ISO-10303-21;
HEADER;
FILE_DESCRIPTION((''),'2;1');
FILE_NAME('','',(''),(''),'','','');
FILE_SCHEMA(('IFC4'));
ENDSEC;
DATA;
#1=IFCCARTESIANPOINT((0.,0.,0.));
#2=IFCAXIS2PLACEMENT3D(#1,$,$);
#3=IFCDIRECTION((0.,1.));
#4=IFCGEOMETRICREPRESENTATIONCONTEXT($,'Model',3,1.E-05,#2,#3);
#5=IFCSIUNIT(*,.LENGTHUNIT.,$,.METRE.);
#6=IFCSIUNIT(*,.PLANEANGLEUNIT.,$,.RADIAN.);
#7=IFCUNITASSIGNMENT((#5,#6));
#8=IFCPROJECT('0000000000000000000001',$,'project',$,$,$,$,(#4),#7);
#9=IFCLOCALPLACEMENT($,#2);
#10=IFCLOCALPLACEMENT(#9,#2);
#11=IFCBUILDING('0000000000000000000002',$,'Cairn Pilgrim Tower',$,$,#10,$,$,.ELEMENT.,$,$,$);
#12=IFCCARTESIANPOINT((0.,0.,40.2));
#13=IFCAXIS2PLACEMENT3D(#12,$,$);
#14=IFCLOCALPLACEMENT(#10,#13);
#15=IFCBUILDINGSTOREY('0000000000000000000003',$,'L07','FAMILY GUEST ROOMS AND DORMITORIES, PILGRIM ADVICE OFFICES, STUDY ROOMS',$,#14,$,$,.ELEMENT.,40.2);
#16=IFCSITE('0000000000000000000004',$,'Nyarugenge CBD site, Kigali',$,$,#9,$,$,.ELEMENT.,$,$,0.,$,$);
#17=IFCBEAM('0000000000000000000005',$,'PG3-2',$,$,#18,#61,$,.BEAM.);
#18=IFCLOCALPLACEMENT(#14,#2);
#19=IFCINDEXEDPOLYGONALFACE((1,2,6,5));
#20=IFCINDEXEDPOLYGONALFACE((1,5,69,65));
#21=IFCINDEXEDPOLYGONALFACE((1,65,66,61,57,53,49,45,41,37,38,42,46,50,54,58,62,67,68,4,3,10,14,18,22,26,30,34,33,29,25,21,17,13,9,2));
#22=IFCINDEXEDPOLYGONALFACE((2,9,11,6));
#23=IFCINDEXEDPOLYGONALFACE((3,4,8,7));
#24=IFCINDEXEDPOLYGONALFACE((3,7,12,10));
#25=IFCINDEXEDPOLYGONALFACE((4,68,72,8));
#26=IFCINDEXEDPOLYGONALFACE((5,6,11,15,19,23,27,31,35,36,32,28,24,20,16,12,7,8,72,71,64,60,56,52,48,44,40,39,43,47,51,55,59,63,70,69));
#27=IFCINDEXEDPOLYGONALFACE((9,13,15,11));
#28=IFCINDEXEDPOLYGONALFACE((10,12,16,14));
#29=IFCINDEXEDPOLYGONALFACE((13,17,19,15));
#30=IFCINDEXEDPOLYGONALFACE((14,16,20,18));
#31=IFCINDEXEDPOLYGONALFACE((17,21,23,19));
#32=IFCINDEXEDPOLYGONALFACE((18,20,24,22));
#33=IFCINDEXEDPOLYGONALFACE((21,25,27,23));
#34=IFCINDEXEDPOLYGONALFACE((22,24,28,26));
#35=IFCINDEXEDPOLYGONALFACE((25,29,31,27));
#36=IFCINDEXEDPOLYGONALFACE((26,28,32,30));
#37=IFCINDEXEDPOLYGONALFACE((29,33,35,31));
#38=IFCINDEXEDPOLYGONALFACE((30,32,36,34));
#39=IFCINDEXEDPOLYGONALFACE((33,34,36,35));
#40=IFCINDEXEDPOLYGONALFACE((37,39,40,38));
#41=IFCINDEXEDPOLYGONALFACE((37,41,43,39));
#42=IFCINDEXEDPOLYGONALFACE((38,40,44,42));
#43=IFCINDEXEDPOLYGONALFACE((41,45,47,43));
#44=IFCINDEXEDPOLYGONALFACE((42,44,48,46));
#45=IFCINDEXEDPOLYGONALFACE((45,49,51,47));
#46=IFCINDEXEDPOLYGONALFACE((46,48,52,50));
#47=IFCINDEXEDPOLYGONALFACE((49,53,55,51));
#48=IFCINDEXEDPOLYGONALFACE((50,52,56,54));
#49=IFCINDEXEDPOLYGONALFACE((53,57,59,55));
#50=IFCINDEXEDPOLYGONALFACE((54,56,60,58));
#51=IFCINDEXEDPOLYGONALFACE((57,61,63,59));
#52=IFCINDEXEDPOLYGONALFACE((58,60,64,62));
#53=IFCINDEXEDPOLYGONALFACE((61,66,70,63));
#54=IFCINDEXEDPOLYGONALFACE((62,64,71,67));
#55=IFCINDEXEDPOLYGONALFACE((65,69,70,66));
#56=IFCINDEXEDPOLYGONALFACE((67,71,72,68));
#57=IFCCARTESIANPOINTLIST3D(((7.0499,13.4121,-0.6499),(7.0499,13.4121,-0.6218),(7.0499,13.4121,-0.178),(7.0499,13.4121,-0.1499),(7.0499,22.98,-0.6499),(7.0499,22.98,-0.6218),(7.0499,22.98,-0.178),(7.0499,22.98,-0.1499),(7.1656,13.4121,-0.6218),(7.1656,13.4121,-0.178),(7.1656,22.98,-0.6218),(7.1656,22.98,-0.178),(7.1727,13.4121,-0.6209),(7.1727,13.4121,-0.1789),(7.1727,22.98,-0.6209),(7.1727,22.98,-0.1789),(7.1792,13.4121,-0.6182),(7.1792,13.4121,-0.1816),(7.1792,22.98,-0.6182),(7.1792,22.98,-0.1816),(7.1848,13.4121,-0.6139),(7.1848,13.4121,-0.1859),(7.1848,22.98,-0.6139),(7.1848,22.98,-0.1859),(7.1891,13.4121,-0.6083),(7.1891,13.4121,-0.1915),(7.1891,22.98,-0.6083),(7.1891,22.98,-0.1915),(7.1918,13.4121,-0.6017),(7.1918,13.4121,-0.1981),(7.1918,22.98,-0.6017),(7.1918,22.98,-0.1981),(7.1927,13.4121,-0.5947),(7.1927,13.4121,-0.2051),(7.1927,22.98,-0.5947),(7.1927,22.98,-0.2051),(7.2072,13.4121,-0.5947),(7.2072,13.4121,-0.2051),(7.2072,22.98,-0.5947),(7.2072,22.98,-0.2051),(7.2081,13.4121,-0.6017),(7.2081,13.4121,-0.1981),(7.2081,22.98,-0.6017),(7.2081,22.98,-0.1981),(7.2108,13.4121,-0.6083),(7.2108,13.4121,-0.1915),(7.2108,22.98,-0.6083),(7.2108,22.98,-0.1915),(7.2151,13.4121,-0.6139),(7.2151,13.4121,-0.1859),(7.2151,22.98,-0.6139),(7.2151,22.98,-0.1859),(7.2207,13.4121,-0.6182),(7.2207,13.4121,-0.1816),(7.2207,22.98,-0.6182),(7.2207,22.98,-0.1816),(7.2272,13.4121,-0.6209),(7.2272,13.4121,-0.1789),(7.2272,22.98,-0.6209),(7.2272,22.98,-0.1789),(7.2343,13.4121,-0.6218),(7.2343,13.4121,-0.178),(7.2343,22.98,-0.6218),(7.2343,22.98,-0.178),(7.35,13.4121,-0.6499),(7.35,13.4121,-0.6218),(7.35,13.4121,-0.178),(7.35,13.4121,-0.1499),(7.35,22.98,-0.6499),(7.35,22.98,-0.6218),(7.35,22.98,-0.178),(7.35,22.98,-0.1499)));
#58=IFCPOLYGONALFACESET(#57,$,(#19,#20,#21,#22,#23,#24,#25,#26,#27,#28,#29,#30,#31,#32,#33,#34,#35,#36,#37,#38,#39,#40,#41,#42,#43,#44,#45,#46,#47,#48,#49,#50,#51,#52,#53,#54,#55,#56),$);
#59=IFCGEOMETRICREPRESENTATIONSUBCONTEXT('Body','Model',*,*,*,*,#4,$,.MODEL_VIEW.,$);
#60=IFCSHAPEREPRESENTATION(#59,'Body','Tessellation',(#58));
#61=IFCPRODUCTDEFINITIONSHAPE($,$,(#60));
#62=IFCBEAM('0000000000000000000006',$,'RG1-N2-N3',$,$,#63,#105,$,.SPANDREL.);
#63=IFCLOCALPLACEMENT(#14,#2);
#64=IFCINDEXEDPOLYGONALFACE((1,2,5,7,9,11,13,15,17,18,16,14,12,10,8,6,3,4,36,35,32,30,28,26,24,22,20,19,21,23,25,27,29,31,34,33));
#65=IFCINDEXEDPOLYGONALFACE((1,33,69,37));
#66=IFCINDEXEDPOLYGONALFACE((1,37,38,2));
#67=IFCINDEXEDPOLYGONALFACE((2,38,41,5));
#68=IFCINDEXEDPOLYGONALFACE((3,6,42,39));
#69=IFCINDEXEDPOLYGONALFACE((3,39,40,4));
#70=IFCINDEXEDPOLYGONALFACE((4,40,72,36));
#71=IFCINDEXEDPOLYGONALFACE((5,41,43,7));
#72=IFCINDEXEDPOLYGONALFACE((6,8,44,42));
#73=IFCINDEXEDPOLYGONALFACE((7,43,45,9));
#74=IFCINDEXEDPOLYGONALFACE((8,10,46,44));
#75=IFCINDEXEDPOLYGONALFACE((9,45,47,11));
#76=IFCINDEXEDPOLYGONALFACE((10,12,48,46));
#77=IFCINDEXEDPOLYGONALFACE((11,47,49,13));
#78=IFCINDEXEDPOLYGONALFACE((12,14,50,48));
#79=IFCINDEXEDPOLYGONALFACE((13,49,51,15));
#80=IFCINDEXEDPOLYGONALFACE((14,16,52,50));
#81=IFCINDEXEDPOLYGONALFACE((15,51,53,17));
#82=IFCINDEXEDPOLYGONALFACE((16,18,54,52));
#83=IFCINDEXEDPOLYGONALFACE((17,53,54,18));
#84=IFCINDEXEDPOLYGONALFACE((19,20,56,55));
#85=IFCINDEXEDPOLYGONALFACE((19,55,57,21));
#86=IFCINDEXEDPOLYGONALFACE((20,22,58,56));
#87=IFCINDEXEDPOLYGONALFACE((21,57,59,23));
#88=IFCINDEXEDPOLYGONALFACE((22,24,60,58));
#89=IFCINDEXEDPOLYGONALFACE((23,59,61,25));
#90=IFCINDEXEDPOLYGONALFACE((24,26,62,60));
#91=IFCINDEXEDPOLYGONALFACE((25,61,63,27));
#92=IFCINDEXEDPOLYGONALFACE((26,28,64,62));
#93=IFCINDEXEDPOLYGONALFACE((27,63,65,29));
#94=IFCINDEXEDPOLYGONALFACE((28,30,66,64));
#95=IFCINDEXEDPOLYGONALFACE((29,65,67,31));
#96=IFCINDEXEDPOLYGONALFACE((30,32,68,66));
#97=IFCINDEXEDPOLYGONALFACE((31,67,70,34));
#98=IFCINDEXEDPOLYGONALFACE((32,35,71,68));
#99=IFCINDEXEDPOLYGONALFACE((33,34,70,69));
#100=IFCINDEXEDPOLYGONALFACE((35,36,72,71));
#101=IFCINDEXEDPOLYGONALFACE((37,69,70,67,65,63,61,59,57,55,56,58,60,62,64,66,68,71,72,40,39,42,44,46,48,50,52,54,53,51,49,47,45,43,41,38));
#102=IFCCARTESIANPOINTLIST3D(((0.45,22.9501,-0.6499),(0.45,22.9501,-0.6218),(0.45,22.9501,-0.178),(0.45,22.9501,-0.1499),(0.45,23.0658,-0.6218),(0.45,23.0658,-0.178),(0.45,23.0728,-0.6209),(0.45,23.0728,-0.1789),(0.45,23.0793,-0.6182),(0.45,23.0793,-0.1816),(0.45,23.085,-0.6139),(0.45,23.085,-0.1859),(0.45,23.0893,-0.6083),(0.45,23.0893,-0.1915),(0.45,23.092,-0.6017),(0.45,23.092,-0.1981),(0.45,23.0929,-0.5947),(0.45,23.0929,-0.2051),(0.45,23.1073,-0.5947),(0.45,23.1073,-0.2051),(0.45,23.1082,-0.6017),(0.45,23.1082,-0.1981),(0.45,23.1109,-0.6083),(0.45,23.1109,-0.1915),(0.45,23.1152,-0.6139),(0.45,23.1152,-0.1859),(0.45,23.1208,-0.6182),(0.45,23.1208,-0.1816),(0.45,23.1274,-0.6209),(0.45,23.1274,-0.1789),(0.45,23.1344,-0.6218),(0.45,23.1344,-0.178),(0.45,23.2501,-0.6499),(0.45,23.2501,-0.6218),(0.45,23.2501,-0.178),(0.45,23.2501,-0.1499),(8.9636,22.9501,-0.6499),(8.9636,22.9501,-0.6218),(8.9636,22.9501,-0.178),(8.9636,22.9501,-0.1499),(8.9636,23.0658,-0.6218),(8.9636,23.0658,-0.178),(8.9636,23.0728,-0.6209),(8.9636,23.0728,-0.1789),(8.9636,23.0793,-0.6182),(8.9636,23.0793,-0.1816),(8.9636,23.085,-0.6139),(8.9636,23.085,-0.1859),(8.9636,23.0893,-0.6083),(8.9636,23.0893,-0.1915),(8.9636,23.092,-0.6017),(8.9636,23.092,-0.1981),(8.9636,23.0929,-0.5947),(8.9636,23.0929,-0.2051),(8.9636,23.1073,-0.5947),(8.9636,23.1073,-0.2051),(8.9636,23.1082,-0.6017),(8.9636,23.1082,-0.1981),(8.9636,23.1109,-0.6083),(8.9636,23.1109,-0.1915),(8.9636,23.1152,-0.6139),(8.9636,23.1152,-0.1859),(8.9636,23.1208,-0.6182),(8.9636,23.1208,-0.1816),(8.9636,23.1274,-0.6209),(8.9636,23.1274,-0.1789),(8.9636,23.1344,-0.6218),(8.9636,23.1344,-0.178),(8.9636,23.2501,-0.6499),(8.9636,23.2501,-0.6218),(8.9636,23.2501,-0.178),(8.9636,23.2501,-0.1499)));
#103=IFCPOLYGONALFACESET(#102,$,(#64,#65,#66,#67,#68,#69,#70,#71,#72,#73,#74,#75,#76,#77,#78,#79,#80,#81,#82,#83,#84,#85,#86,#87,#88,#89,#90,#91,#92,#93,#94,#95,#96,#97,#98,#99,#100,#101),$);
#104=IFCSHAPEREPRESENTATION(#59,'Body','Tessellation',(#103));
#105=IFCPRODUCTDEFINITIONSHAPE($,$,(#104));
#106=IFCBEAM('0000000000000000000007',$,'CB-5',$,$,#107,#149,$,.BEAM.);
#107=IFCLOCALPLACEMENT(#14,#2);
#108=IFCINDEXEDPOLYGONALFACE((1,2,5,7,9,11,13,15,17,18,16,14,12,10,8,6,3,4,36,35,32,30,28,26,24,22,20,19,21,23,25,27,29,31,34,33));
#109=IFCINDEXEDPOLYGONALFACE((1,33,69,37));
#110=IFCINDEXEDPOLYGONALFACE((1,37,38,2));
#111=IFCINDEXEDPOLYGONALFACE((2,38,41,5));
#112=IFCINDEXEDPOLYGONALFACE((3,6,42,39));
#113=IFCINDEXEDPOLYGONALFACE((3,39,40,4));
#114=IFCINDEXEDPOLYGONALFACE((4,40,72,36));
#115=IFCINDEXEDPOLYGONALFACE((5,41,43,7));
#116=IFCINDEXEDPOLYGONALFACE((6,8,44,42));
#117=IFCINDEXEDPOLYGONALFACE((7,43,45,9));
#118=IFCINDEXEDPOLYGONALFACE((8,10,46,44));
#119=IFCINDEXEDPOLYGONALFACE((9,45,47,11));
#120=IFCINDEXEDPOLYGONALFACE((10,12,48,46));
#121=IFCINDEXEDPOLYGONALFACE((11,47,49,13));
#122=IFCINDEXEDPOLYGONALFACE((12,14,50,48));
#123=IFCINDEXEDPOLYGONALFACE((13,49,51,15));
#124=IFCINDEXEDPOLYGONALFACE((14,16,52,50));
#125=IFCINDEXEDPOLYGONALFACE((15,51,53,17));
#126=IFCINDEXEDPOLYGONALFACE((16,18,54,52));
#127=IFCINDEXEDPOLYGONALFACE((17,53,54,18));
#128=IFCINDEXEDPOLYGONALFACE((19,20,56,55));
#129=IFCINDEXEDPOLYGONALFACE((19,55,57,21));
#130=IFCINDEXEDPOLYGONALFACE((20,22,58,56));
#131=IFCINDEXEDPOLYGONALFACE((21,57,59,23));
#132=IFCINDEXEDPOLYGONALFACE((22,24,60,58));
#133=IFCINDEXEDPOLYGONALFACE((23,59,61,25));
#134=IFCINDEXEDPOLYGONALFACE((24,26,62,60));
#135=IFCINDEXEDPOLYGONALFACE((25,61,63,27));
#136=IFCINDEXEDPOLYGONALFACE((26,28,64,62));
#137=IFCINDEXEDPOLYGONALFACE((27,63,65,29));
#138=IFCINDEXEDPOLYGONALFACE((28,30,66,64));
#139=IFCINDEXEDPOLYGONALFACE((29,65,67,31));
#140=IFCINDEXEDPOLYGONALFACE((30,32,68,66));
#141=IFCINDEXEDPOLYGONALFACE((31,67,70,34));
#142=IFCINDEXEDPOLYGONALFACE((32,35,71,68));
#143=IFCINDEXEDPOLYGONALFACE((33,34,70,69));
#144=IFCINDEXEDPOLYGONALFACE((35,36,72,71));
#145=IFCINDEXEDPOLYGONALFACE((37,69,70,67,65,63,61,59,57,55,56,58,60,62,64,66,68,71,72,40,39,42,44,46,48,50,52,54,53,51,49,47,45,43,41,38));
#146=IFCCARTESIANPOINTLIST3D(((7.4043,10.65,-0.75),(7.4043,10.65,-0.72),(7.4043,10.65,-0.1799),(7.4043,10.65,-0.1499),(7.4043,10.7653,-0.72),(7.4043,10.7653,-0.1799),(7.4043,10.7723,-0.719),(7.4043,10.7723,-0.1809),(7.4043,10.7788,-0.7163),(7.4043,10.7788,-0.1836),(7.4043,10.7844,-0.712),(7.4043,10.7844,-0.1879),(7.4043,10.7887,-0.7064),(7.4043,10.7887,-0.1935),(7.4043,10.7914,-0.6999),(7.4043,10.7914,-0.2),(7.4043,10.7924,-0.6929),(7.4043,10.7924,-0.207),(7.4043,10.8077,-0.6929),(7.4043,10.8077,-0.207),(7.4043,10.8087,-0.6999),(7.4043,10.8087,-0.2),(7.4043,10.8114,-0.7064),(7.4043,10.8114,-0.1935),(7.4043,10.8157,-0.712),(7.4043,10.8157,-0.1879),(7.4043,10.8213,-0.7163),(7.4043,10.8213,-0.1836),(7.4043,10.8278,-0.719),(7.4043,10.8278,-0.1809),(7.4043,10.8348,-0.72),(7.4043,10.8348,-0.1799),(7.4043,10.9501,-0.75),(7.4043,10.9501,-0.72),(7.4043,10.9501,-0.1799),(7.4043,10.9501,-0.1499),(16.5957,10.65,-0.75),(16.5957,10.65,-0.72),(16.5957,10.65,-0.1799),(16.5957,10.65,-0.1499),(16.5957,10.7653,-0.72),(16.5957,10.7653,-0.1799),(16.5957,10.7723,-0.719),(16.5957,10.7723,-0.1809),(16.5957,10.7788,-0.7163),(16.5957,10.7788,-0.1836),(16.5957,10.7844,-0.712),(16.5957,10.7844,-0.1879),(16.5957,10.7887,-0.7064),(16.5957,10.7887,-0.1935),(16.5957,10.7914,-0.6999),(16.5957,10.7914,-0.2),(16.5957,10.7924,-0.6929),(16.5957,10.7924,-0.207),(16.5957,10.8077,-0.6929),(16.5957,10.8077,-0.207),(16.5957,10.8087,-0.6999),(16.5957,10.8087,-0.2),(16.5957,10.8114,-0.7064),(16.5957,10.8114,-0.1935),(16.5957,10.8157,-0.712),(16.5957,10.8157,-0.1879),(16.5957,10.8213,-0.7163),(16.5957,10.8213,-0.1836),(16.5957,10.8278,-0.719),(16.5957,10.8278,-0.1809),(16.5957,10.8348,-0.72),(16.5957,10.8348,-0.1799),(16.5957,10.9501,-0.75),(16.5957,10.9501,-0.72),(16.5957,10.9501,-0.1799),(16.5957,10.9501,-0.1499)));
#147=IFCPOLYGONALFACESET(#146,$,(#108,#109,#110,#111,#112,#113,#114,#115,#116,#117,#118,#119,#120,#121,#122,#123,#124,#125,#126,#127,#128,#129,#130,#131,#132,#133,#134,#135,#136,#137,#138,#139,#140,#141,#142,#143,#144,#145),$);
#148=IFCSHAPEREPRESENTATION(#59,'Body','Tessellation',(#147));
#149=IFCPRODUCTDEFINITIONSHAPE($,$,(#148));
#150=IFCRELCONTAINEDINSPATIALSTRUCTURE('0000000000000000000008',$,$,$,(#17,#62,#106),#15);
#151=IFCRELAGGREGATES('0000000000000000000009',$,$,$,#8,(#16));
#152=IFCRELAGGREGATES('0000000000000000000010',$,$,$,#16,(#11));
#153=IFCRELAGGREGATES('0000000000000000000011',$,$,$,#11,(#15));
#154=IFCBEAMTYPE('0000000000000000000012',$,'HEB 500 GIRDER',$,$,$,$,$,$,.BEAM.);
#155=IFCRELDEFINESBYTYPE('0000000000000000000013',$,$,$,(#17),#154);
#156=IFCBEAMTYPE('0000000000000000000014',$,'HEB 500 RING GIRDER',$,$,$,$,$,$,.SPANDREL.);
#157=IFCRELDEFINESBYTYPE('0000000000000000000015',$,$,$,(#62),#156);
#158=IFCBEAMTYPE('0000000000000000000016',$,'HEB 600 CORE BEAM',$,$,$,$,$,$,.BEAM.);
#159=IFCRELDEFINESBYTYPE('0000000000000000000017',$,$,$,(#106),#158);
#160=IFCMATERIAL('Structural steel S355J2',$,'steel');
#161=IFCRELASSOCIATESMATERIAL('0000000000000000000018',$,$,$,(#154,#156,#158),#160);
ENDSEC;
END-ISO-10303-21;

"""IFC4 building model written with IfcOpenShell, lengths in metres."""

from ifc_helpers import new_model, si_unit, direction, frame, origin, origin_2d, place, context, subcontext, project, spatial, i_section, extrude, material, material_profile, profile_set, type_object, element, save


model = new_model("IFC4")

# Units and contexts
model_context = context("Model", 3, precision=1e-05, world=origin(), true_north=direction((0.0, 1.0)))
body_context = subcontext(model_context, "Body", "Model", "MODEL_VIEW")
ifc_project = project(units=[si_unit("LENGTHUNIT", "METRE"), si_unit("PLANEANGLEUNIT", "RADIAN")], contexts=[model_context])

# Site, building, storey
site_placement = place(None, origin())
site = spatial("IfcSite", under=ifc_project, at=site_placement, Name="Nyarugenge CBD site, Kigali", CompositionType="ELEMENT", RefElevation=0.0)
building_placement = place(site_placement, origin())
building = spatial("IfcBuilding", under=site, at=building_placement, Name="Cairn Pilgrim Tower", CompositionType="ELEMENT")
storey_placement = place(building_placement, frame((0.0, 0.0, 40.2)))
storey = spatial("IfcBuildingStorey", under=building, at=storey_placement, Name="L07", Description="FAMILY GUEST ROOMS AND DORMITORIES, PILGRIM ADVICE OFFICES, STUDY ROOMS", CompositionType="ELEMENT", Elevation=40.2)

# Beams
ifc_material_1 = material(Name="Structural steel S355J2", Category="steel")
ifc_material_profile_1 = material_profile(ifc_material_1, i_section(OverallWidth=0.3, OverallDepth=0.5, WebThickness=0.0144, FlangeThickness=0.0281, FilletRadius=0.0271, at=origin_2d()), Name="HEB 500")
ifc_profile_set_1 = profile_set([ifc_material_profile_1], Name="Structural steel S355J2")
beam_type_1 = type_object("IfcBeamType", Name="HEB 500 GIRDER", PredefinedType="BEAM", material=ifc_profile_set_1)
beam_1_placement = place(storey_placement, frame((7.2, 13.4121, -0.3999), z_axis=(0.0, 1.0, 0.0), x_axis=(-1.0, 0.0, 0.0)))
element("IfcBeam", 1, at=beam_1_placement, inside=storey, type_object=beam_type_1, Name="PG3-2", PredefinedType="BEAM", context=body_context, shape_type="SweptSolid", body=[
    extrude(i_section(OverallWidth=0.3, OverallDepth=0.5, WebThickness=0.0144, FlangeThickness=0.0281, FilletRadius=0.0271, at=origin_2d()), origin(), (0.0, 0.0, 1.0), 9.5679),
])
ifc_material_profile_2 = material_profile(ifc_material_1, i_section(OverallWidth=0.3, OverallDepth=0.5, WebThickness=0.0144, FlangeThickness=0.0281, FilletRadius=0.0271, at=origin_2d()), Name="HEB 500")
ifc_profile_set_2 = profile_set([ifc_material_profile_2], Name="Structural steel S355J2")
beam_type_2 = type_object("IfcBeamType", Name="HEB 500 RING GIRDER", PredefinedType="SPANDREL", material=ifc_profile_set_2)
beam_2_placement = place(storey_placement, frame((8.9636, 23.1001, -0.3999), z_axis=(-1.0, 0.0, 0.0), x_axis=(0.0, -1.0, 0.0)))
element("IfcBeam", 2, at=beam_2_placement, inside=storey, type_object=beam_type_2, Name="RG1-N2-N3", PredefinedType="SPANDREL", context=body_context, shape_type="SweptSolid", body=[
    extrude(i_section(OverallWidth=0.3, OverallDepth=0.5, WebThickness=0.0144, FlangeThickness=0.0281, FilletRadius=0.0271, at=origin_2d()), origin(), (0.0, 0.0, 1.0), 8.5137),
])
ifc_material_profile_3 = material_profile(ifc_material_1, i_section(OverallWidth=0.3, OverallDepth=0.6001, WebThickness=0.0154, FlangeThickness=0.03, FilletRadius=0.0271, at=origin_2d()), Name="HEB 600")
ifc_profile_set_3 = profile_set([ifc_material_profile_3], Name="Structural steel S355J2")
beam_type_3 = type_object("IfcBeamType", Name="HEB 600 CORE BEAM", PredefinedType="BEAM", material=ifc_profile_set_3)
beam_3_placement = place(storey_placement, frame((16.5957, 10.8, -0.45), z_axis=(-1.0, 0.0, 0.0), x_axis=(0.0, -1.0, 0.0)))
element("IfcBeam", 3, at=beam_3_placement, inside=storey, type_object=beam_type_3, Name="CB-5", PredefinedType="BEAM", context=body_context, shape_type="SweptSolid", body=[
    extrude(i_section(OverallWidth=0.3, OverallDepth=0.6001, WebThickness=0.0154, FlangeThickness=0.03, FilletRadius=0.0271, at=origin_2d()), origin(), (0.0, 0.0, 1.0), 9.1914),
])

save(model, "model.ifc")
